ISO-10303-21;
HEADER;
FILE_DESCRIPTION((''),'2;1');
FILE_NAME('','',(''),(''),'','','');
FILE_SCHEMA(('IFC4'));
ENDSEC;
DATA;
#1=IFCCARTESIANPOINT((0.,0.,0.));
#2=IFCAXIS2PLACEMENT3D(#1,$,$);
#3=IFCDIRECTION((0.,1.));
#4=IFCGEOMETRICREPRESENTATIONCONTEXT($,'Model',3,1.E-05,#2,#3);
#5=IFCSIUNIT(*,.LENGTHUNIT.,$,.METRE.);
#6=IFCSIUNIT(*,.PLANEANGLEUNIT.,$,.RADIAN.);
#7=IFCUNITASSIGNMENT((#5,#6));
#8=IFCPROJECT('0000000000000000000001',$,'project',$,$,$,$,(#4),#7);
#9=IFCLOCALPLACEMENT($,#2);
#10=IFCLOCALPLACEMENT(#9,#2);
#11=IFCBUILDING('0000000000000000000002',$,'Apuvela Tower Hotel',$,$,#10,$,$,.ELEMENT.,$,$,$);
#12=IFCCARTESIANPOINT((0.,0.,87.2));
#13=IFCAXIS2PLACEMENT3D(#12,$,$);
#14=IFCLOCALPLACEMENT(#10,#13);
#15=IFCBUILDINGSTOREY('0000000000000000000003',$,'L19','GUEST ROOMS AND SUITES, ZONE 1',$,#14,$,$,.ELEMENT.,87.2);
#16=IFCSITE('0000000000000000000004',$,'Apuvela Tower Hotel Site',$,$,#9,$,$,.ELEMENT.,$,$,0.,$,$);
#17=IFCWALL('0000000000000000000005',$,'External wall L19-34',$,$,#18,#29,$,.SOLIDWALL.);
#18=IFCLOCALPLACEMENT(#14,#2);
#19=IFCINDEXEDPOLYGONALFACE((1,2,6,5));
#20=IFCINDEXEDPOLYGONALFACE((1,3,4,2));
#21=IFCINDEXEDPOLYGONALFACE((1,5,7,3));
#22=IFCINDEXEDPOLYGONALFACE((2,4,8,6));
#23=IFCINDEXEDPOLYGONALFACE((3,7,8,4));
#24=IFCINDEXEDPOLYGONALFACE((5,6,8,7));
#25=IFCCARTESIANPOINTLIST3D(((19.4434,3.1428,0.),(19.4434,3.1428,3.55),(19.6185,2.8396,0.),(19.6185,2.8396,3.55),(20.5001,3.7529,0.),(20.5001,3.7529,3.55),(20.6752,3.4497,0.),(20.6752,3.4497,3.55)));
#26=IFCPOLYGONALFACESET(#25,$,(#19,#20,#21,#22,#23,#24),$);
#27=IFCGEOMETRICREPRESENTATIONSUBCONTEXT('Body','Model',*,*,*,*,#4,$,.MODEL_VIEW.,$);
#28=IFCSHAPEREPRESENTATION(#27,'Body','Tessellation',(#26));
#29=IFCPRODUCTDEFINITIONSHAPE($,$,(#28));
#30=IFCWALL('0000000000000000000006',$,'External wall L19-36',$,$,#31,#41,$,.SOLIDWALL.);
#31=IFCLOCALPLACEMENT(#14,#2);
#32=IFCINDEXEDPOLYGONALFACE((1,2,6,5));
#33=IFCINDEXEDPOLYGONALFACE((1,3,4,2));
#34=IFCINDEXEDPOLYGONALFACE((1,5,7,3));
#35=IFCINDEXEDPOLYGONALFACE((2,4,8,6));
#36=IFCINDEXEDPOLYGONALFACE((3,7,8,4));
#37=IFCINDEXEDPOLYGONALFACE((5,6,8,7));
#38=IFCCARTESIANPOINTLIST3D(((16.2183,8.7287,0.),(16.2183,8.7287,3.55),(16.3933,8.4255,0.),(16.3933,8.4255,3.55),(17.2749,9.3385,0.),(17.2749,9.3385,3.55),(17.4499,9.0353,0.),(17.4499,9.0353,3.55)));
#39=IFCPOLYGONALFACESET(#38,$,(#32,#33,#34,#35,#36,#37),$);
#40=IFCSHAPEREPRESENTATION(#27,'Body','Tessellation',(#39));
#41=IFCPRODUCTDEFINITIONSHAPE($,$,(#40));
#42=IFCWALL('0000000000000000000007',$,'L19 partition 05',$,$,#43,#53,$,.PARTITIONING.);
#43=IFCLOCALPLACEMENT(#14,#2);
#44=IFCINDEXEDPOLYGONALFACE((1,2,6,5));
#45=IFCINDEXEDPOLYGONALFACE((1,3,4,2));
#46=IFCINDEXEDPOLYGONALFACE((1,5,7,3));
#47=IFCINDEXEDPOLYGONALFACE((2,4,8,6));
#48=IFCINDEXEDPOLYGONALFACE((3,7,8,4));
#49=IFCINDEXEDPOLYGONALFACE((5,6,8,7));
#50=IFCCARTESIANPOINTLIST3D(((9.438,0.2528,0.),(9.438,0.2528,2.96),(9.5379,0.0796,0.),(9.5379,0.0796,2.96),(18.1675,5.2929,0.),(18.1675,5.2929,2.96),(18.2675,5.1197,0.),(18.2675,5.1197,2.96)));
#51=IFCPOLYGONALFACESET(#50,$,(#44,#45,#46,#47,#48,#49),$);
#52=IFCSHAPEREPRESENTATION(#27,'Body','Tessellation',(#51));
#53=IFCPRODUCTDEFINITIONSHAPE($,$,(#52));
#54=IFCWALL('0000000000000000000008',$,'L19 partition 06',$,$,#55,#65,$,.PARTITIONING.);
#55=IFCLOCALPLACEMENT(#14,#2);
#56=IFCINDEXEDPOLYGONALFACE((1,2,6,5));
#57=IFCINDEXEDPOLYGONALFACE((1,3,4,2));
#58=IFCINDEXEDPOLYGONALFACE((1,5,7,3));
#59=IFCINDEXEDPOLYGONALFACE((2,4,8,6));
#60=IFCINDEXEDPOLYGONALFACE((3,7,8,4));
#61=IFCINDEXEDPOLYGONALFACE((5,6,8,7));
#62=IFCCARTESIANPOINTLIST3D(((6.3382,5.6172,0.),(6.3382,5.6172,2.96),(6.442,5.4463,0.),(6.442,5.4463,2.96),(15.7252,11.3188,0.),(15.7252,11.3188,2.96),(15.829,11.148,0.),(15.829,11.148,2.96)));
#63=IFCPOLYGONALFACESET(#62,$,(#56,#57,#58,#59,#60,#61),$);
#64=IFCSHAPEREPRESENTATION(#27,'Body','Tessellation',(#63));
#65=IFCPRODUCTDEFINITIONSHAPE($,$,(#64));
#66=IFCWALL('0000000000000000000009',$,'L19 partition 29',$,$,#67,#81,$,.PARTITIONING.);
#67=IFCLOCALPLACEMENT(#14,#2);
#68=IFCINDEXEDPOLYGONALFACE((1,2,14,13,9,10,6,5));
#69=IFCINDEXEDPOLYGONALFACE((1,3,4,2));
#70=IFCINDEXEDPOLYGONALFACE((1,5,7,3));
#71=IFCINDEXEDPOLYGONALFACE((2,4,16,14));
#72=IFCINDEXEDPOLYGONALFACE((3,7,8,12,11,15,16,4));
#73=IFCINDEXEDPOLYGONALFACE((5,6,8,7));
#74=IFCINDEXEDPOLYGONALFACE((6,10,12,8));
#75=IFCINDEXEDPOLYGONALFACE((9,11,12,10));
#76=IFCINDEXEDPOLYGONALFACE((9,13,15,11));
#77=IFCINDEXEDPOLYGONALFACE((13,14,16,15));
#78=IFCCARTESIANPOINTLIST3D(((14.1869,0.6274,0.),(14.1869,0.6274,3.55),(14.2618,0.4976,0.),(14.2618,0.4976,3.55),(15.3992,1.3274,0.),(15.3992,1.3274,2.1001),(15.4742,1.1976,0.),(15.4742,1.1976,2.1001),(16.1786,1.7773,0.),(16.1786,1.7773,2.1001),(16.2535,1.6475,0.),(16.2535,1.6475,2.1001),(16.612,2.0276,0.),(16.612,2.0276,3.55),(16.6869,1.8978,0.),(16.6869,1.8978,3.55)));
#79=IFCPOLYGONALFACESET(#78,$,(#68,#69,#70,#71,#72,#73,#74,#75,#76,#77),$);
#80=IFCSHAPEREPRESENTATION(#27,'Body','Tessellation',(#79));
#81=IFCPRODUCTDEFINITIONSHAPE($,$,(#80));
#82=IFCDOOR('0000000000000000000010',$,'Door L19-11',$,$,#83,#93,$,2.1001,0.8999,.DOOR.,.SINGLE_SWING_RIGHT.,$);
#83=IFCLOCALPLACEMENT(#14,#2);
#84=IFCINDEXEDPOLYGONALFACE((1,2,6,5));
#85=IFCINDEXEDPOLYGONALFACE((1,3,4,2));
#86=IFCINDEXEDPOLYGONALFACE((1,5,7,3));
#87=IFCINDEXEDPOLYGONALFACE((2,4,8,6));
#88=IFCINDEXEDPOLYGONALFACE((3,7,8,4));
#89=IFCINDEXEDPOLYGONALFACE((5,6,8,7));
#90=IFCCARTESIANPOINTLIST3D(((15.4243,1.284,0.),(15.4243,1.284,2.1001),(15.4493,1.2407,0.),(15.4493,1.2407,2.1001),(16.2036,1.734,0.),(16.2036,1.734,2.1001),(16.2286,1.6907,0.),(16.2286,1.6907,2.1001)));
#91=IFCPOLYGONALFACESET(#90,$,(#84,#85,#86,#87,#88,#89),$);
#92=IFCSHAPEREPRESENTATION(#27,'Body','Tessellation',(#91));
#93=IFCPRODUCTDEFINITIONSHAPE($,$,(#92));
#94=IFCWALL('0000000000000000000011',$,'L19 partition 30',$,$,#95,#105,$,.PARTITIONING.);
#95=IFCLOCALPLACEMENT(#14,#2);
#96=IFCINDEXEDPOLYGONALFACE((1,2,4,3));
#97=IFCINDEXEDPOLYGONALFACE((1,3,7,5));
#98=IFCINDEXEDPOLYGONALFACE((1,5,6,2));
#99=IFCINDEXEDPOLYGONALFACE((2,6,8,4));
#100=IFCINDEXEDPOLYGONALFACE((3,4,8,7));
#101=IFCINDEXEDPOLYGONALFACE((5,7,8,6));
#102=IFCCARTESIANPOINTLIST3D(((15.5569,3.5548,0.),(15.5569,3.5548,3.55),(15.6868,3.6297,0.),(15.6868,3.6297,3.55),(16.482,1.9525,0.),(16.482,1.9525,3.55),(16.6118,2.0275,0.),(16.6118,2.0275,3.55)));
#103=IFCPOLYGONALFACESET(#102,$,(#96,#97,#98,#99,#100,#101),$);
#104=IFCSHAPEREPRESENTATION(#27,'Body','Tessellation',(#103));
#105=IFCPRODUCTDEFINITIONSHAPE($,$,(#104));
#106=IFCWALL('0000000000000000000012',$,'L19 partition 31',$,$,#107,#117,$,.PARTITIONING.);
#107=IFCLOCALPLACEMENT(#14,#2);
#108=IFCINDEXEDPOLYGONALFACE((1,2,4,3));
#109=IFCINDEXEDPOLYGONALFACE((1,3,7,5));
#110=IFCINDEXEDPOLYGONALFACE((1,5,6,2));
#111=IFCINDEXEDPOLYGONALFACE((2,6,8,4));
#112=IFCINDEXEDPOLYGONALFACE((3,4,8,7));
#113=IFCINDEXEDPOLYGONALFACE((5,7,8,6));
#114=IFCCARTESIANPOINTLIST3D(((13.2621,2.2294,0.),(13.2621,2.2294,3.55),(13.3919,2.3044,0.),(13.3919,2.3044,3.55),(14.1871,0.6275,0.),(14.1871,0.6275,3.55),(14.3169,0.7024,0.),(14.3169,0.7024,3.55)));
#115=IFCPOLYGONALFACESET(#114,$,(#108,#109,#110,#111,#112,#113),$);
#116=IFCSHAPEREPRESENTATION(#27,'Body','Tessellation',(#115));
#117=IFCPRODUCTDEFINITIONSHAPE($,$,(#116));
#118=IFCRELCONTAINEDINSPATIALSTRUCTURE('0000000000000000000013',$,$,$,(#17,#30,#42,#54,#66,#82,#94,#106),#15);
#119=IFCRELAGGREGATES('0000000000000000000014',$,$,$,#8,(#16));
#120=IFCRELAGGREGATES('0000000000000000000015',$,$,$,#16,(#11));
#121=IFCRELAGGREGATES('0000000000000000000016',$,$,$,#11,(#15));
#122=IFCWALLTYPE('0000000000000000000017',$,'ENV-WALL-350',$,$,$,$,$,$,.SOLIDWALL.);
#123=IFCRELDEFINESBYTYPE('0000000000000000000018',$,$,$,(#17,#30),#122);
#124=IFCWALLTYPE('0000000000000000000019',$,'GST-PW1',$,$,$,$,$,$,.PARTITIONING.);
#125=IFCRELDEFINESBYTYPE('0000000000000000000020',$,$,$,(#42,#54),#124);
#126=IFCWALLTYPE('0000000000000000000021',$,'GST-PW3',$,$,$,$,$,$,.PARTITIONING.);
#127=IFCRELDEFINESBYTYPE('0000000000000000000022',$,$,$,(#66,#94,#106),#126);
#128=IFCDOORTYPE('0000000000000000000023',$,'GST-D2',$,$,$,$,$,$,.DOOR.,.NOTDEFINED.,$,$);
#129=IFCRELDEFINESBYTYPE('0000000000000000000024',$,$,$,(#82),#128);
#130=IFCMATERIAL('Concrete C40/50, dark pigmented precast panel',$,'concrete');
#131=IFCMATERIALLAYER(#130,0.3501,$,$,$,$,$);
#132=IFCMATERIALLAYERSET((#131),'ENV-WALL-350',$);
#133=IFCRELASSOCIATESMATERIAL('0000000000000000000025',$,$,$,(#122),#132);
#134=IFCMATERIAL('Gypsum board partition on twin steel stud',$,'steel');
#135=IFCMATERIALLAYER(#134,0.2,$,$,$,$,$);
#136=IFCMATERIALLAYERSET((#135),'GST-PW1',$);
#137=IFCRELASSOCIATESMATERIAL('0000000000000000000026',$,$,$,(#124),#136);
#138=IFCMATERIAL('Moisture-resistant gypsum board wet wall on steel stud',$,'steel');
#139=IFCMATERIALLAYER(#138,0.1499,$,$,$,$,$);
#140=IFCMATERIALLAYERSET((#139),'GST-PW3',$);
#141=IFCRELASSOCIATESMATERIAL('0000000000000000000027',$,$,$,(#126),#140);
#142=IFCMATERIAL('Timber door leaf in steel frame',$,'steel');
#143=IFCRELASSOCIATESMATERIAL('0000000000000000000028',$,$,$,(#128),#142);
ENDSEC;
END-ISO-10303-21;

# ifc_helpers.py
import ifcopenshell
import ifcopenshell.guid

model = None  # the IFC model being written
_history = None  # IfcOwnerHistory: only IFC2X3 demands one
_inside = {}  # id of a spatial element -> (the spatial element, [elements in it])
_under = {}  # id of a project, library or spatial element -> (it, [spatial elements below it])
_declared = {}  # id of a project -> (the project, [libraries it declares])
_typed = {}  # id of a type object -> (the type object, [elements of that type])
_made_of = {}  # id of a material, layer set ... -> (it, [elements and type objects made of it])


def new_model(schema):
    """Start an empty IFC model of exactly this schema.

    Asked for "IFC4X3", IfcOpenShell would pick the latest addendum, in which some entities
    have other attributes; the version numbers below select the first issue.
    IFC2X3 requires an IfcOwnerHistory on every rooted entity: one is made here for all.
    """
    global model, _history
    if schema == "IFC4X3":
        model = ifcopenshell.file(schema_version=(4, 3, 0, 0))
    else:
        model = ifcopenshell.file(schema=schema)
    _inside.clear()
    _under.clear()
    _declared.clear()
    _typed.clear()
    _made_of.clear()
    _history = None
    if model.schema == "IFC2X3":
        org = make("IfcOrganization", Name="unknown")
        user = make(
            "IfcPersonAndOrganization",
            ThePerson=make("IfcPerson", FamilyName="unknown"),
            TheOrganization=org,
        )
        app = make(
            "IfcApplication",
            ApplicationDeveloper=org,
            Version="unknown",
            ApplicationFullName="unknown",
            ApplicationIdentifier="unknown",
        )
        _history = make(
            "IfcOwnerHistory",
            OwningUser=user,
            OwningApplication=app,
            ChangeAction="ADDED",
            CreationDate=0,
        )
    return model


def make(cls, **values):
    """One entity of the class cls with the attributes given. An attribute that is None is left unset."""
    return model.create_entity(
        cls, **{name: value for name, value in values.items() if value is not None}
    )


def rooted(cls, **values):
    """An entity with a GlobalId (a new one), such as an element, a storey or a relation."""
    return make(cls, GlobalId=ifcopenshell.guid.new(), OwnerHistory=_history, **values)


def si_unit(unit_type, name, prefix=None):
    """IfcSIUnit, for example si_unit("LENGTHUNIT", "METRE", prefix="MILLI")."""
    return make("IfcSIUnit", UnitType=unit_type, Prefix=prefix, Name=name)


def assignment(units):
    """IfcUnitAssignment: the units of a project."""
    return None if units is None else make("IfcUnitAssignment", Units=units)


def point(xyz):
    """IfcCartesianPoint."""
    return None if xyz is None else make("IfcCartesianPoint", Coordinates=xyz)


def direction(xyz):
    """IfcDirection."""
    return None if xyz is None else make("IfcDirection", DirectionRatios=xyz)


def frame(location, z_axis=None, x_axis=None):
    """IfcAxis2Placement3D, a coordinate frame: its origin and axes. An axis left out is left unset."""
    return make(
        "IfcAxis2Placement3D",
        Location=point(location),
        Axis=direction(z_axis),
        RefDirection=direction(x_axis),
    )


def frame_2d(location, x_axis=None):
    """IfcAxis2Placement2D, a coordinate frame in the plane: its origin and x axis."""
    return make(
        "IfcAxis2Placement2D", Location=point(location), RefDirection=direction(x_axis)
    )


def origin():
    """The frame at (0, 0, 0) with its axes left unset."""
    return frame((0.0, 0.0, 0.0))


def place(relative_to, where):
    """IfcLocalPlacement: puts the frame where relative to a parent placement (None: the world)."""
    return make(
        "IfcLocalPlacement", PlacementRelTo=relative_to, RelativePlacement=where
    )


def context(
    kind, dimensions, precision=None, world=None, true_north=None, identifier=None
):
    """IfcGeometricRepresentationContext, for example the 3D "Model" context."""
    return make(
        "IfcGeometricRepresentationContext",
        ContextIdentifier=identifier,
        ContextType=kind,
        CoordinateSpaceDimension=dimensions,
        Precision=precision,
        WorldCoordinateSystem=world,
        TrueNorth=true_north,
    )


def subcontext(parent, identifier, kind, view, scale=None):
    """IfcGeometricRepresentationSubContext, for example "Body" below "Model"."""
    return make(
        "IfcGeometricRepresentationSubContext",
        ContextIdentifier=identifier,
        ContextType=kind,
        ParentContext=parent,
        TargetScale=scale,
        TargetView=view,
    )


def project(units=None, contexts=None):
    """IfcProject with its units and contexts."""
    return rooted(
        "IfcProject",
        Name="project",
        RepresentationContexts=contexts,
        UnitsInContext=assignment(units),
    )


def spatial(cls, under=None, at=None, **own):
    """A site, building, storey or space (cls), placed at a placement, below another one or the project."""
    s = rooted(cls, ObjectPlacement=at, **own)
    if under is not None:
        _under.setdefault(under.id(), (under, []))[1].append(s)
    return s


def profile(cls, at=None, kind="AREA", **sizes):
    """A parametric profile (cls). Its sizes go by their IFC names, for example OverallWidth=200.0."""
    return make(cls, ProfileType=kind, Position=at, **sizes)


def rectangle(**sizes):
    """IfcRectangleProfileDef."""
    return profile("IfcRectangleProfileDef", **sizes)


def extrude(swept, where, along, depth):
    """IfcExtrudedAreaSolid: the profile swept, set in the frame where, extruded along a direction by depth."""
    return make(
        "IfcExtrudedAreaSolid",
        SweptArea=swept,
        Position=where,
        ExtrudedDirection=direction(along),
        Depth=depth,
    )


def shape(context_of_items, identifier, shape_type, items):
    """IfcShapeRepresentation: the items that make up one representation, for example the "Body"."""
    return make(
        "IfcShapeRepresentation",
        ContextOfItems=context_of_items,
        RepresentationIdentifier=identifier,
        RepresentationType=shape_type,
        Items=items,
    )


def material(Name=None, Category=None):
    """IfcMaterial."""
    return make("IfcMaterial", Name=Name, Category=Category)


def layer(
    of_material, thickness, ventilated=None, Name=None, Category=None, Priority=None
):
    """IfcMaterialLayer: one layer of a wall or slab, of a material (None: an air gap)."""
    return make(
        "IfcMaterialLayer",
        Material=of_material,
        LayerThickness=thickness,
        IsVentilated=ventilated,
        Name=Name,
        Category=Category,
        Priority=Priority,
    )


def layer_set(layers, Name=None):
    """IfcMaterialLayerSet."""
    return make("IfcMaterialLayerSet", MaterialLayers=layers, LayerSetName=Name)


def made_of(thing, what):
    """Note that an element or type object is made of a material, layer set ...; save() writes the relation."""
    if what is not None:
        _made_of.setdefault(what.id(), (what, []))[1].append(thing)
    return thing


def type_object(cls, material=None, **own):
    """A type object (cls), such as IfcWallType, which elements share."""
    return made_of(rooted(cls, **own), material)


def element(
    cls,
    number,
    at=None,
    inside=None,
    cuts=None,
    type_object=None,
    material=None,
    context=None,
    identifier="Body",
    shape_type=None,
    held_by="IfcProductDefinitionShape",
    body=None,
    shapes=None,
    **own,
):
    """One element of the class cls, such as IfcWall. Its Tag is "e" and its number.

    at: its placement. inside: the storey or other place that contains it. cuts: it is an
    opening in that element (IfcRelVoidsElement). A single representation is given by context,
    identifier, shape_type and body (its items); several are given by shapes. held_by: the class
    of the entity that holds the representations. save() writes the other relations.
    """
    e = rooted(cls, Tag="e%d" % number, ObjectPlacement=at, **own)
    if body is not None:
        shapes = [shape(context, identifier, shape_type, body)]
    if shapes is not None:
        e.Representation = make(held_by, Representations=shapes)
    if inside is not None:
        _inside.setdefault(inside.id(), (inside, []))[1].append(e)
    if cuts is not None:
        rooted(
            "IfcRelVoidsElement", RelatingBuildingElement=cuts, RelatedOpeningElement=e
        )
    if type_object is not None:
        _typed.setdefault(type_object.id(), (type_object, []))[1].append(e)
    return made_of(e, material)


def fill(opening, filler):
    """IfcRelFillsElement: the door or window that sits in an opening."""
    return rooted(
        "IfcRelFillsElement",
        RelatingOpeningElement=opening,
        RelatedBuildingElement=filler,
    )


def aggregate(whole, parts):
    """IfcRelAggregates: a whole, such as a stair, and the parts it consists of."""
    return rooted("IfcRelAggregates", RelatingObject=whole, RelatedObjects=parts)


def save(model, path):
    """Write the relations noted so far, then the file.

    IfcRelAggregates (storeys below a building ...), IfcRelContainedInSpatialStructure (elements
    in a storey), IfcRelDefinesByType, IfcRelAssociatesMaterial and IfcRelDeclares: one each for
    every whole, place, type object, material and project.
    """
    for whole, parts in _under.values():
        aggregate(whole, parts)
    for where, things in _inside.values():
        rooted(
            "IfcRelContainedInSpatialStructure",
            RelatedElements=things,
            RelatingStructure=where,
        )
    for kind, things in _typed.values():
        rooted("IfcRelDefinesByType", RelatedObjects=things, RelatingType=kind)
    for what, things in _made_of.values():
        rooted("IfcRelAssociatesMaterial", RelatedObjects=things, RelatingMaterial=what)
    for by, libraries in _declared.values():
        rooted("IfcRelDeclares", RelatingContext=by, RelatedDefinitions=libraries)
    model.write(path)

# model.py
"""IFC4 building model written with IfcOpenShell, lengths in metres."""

from ifc_helpers import new_model, si_unit, direction, frame, frame_2d, origin, place, context, subcontext, project, spatial, rectangle, extrude, material, layer, layer_set, type_object, element, fill, save


model = new_model("IFC4")

# Units and contexts
model_context = context("Model", 3, precision=1e-05, world=origin(), true_north=direction((0.0, 1.0)))
body_context = subcontext(model_context, "Body", "Model", "MODEL_VIEW")
ifc_project = project(units=[si_unit("LENGTHUNIT", "METRE"), si_unit("PLANEANGLEUNIT", "RADIAN")], contexts=[model_context])

# Site, building, storey
site_placement = place(None, origin())
site = spatial("IfcSite", under=ifc_project, at=site_placement, Name="Apuvela Tower Hotel Site", CompositionType="ELEMENT", RefElevation=0.0)
building_placement = place(site_placement, origin())
building = spatial("IfcBuilding", under=site, at=building_placement, Name="Apuvela Tower Hotel", CompositionType="ELEMENT")
storey_placement = place(building_placement, frame((0.0, 0.0, 87.2)))
storey = spatial("IfcBuildingStorey", under=building, at=storey_placement, Name="L19", Description="GUEST ROOMS AND SUITES, ZONE 1", CompositionType="ELEMENT", Elevation=87.2)

# Wall
ifc_material_1 = material(Name="Concrete C40/50, dark pigmented precast panel", Category="concrete")
ifc_layer_1 = layer(ifc_material_1, 0.3501)
ifc_layer_set_1 = layer_set([ifc_layer_1], Name="ENV-WALL-350")
wall_type_1 = type_object("IfcWallType", Name="ENV-WALL-350", PredefinedType="SOLIDWALL", material=ifc_layer_set_1)
wall_1_placement = place(storey_placement, frame((20.5876, 3.6013, 0.0), z_axis=(0.0, 0.0, 1.0), x_axis=(-0.866006, -0.500034, 0.0)))
element("IfcWall", 1, at=wall_1_placement, inside=storey, type_object=wall_type_1, Name="External wall L19-34", PredefinedType="SOLIDWALL", context=body_context, shape_type="SweptSolid", body=[
    extrude(rectangle(XDim=1.2202, YDim=0.3501, at=frame_2d((0.6101, 0.0))), origin(), (0.0, 0.0, 1.0), 3.55),
])

# Wall
wall_2_placement = place(storey_placement, frame((16.3059, 8.5771, 0.0), z_axis=(0.0, 0.0, 1.0), x_axis=(0.866092, 0.499884, 0.0)))
element("IfcWall", 2, at=wall_2_placement, inside=storey, type_object=wall_type_1, Name="External wall L19-36", PredefinedType="SOLIDWALL", context=body_context, shape_type="SweptSolid", body=[
    extrude(rectangle(XDim=1.22, YDim=0.3501, at=frame_2d((0.6099, 0.0))), origin(), (0.0, 0.0, 1.0), 3.55),
])

# Walls
ifc_material_2 = material(Name="Gypsum board partition on twin steel stud", Category="steel")
ifc_layer_2 = layer(ifc_material_2, 0.2)
ifc_layer_set_2 = layer_set([ifc_layer_2], Name="GST-PW1")
wall_type_2 = type_object("IfcWallType", Name="GST-PW1", PredefinedType="PARTITIONING", material=ifc_layer_set_2)
wall_3_placement = place(storey_placement, frame((18.2175, 5.2063, 0.0), z_axis=(0.0, 0.0, 1.0), x_axis=(-0.866023, -0.500005, 0.0)))
element("IfcWall", 3, at=wall_3_placement, inside=storey, type_object=wall_type_2, Name="L19 partition 05", PredefinedType="PARTITIONING", context=body_context, shape_type="SweptSolid", body=[
    extrude(rectangle(XDim=10.0801, YDim=0.2, at=frame_2d((5.04, 0.0))), origin(), (0.0, 0.0, 1.0), 2.96),
])
wall_4_placement = place(storey_placement, frame((15.7771, 11.2334, 0.0), z_axis=(0.0, 0.0, 1.0), x_axis=(-0.854689, -0.51914, 0.0)))
element("IfcWall", 4, at=wall_4_placement, inside=storey, type_object=wall_type_2, Name="L19 partition 06", PredefinedType="PARTITIONING", context=body_context, shape_type="SweptSolid", body=[
    extrude(rectangle(XDim=10.9829, YDim=0.2, at=frame_2d((5.4915, 0.0))), origin(), (0.0, 0.0, 1.0), 2.96),
])

# Wall, opening, door
ifc_material_3 = material(Name="Moisture-resistant gypsum board wet wall on steel stud", Category="steel")
ifc_layer_3 = layer(ifc_material_3, 0.1499)
ifc_layer_set_3 = layer_set([ifc_layer_3], Name="GST-PW3")
wall_type_3 = type_object("IfcWallType", Name="GST-PW3", PredefinedType="PARTITIONING", material=ifc_layer_set_3)
wall_5_placement = place(storey_placement, frame((14.2244, 0.5625, 0.0), z_axis=(0.0, 0.0, 1.0), x_axis=(0.866019, 0.500012, 0.0)))
wall_5 = element("IfcWall", 5, at=wall_5_placement, inside=storey, type_object=wall_type_3, Name="L19 partition 29", PredefinedType="PARTITIONING", context=body_context, shape_type="SweptSolid", body=[
    extrude(rectangle(XDim=2.8003, YDim=0.1499, at=frame_2d((1.4001, 0.0))), origin(), (0.0, 0.0, 1.0), 3.55),
])
opening_1_placement = place(wall_5_placement, frame((1.3999, 0.0, 0.0)))
opening_1 = element("IfcOpeningElement", 6, at=opening_1_placement, cuts=wall_5, PredefinedType="OPENING", context=body_context, shape_type="SweptSolid", body=[
    extrude(rectangle(XDim=0.8999, YDim=2.1001, at=frame_2d((0.45, 1.05))), frame((0.0, 0.085, 0.0), z_axis=(0.0, -1.0, 0.0), x_axis=(1.0, 0.0, 0.0)), (0.0, 0.0, 1.0), 0.1699),
])
ifc_material_4 = material(Name="Timber door leaf in steel frame", Category="steel")
door_type_1 = type_object("IfcDoorType", Name="GST-D2", OperationType="NOTDEFINED", PredefinedType="DOOR", material=ifc_material_4)
door_1_placement = place(opening_1_placement, origin())
door_1 = element("IfcDoor", 7, at=door_1_placement, inside=storey, type_object=door_type_1, Name="Door L19-11", OperationType="SINGLE_SWING_RIGHT", OverallHeight=2.1001, OverallWidth=0.8999, PredefinedType="DOOR", context=body_context, shape_type="SweptSolid", body=[
    extrude(rectangle(XDim=0.8999, YDim=2.1001, at=frame_2d((0.45, 1.05))), frame((0.0, 0.0249, 0.0), z_axis=(0.0, -1.0, 0.0), x_axis=(1.0, 0.0, 0.0)), (0.0, 0.0, 1.0), 0.05),
])
fill(opening_1, door_1)

# Walls
wall_6_placement = place(storey_placement, frame((16.5469, 1.99, 0.0), z_axis=(0.0, 0.0, 1.0), x_axis=(-0.499985, 0.866034, 0.0)))
element("IfcWall", 8, at=wall_6_placement, inside=storey, type_object=wall_type_3, Name="L19 partition 30", PredefinedType="PARTITIONING", context=body_context, shape_type="SweptSolid", body=[
    extrude(rectangle(XDim=1.8501, YDim=0.1499, at=frame_2d((0.925, 0.0))), origin(), (0.0, 0.0, 1.0), 3.55),
])
wall_7_placement = place(storey_placement, frame((14.252, 0.665, 0.0), z_axis=(0.0, 0.0, 1.0), x_axis=(-0.500042, 0.866001, 0.0)))
element("IfcWall", 9, at=wall_7_placement, inside=storey, type_object=wall_type_3, Name="L19 partition 31", PredefinedType="PARTITIONING", context=body_context, shape_type="SweptSolid", body=[
    extrude(rectangle(XDim=1.8499, YDim=0.1499, at=frame_2d((0.9248, 0.0))), origin(), (0.0, 0.0, 1.0), 3.55),
])

save(model, "model.ifc")
